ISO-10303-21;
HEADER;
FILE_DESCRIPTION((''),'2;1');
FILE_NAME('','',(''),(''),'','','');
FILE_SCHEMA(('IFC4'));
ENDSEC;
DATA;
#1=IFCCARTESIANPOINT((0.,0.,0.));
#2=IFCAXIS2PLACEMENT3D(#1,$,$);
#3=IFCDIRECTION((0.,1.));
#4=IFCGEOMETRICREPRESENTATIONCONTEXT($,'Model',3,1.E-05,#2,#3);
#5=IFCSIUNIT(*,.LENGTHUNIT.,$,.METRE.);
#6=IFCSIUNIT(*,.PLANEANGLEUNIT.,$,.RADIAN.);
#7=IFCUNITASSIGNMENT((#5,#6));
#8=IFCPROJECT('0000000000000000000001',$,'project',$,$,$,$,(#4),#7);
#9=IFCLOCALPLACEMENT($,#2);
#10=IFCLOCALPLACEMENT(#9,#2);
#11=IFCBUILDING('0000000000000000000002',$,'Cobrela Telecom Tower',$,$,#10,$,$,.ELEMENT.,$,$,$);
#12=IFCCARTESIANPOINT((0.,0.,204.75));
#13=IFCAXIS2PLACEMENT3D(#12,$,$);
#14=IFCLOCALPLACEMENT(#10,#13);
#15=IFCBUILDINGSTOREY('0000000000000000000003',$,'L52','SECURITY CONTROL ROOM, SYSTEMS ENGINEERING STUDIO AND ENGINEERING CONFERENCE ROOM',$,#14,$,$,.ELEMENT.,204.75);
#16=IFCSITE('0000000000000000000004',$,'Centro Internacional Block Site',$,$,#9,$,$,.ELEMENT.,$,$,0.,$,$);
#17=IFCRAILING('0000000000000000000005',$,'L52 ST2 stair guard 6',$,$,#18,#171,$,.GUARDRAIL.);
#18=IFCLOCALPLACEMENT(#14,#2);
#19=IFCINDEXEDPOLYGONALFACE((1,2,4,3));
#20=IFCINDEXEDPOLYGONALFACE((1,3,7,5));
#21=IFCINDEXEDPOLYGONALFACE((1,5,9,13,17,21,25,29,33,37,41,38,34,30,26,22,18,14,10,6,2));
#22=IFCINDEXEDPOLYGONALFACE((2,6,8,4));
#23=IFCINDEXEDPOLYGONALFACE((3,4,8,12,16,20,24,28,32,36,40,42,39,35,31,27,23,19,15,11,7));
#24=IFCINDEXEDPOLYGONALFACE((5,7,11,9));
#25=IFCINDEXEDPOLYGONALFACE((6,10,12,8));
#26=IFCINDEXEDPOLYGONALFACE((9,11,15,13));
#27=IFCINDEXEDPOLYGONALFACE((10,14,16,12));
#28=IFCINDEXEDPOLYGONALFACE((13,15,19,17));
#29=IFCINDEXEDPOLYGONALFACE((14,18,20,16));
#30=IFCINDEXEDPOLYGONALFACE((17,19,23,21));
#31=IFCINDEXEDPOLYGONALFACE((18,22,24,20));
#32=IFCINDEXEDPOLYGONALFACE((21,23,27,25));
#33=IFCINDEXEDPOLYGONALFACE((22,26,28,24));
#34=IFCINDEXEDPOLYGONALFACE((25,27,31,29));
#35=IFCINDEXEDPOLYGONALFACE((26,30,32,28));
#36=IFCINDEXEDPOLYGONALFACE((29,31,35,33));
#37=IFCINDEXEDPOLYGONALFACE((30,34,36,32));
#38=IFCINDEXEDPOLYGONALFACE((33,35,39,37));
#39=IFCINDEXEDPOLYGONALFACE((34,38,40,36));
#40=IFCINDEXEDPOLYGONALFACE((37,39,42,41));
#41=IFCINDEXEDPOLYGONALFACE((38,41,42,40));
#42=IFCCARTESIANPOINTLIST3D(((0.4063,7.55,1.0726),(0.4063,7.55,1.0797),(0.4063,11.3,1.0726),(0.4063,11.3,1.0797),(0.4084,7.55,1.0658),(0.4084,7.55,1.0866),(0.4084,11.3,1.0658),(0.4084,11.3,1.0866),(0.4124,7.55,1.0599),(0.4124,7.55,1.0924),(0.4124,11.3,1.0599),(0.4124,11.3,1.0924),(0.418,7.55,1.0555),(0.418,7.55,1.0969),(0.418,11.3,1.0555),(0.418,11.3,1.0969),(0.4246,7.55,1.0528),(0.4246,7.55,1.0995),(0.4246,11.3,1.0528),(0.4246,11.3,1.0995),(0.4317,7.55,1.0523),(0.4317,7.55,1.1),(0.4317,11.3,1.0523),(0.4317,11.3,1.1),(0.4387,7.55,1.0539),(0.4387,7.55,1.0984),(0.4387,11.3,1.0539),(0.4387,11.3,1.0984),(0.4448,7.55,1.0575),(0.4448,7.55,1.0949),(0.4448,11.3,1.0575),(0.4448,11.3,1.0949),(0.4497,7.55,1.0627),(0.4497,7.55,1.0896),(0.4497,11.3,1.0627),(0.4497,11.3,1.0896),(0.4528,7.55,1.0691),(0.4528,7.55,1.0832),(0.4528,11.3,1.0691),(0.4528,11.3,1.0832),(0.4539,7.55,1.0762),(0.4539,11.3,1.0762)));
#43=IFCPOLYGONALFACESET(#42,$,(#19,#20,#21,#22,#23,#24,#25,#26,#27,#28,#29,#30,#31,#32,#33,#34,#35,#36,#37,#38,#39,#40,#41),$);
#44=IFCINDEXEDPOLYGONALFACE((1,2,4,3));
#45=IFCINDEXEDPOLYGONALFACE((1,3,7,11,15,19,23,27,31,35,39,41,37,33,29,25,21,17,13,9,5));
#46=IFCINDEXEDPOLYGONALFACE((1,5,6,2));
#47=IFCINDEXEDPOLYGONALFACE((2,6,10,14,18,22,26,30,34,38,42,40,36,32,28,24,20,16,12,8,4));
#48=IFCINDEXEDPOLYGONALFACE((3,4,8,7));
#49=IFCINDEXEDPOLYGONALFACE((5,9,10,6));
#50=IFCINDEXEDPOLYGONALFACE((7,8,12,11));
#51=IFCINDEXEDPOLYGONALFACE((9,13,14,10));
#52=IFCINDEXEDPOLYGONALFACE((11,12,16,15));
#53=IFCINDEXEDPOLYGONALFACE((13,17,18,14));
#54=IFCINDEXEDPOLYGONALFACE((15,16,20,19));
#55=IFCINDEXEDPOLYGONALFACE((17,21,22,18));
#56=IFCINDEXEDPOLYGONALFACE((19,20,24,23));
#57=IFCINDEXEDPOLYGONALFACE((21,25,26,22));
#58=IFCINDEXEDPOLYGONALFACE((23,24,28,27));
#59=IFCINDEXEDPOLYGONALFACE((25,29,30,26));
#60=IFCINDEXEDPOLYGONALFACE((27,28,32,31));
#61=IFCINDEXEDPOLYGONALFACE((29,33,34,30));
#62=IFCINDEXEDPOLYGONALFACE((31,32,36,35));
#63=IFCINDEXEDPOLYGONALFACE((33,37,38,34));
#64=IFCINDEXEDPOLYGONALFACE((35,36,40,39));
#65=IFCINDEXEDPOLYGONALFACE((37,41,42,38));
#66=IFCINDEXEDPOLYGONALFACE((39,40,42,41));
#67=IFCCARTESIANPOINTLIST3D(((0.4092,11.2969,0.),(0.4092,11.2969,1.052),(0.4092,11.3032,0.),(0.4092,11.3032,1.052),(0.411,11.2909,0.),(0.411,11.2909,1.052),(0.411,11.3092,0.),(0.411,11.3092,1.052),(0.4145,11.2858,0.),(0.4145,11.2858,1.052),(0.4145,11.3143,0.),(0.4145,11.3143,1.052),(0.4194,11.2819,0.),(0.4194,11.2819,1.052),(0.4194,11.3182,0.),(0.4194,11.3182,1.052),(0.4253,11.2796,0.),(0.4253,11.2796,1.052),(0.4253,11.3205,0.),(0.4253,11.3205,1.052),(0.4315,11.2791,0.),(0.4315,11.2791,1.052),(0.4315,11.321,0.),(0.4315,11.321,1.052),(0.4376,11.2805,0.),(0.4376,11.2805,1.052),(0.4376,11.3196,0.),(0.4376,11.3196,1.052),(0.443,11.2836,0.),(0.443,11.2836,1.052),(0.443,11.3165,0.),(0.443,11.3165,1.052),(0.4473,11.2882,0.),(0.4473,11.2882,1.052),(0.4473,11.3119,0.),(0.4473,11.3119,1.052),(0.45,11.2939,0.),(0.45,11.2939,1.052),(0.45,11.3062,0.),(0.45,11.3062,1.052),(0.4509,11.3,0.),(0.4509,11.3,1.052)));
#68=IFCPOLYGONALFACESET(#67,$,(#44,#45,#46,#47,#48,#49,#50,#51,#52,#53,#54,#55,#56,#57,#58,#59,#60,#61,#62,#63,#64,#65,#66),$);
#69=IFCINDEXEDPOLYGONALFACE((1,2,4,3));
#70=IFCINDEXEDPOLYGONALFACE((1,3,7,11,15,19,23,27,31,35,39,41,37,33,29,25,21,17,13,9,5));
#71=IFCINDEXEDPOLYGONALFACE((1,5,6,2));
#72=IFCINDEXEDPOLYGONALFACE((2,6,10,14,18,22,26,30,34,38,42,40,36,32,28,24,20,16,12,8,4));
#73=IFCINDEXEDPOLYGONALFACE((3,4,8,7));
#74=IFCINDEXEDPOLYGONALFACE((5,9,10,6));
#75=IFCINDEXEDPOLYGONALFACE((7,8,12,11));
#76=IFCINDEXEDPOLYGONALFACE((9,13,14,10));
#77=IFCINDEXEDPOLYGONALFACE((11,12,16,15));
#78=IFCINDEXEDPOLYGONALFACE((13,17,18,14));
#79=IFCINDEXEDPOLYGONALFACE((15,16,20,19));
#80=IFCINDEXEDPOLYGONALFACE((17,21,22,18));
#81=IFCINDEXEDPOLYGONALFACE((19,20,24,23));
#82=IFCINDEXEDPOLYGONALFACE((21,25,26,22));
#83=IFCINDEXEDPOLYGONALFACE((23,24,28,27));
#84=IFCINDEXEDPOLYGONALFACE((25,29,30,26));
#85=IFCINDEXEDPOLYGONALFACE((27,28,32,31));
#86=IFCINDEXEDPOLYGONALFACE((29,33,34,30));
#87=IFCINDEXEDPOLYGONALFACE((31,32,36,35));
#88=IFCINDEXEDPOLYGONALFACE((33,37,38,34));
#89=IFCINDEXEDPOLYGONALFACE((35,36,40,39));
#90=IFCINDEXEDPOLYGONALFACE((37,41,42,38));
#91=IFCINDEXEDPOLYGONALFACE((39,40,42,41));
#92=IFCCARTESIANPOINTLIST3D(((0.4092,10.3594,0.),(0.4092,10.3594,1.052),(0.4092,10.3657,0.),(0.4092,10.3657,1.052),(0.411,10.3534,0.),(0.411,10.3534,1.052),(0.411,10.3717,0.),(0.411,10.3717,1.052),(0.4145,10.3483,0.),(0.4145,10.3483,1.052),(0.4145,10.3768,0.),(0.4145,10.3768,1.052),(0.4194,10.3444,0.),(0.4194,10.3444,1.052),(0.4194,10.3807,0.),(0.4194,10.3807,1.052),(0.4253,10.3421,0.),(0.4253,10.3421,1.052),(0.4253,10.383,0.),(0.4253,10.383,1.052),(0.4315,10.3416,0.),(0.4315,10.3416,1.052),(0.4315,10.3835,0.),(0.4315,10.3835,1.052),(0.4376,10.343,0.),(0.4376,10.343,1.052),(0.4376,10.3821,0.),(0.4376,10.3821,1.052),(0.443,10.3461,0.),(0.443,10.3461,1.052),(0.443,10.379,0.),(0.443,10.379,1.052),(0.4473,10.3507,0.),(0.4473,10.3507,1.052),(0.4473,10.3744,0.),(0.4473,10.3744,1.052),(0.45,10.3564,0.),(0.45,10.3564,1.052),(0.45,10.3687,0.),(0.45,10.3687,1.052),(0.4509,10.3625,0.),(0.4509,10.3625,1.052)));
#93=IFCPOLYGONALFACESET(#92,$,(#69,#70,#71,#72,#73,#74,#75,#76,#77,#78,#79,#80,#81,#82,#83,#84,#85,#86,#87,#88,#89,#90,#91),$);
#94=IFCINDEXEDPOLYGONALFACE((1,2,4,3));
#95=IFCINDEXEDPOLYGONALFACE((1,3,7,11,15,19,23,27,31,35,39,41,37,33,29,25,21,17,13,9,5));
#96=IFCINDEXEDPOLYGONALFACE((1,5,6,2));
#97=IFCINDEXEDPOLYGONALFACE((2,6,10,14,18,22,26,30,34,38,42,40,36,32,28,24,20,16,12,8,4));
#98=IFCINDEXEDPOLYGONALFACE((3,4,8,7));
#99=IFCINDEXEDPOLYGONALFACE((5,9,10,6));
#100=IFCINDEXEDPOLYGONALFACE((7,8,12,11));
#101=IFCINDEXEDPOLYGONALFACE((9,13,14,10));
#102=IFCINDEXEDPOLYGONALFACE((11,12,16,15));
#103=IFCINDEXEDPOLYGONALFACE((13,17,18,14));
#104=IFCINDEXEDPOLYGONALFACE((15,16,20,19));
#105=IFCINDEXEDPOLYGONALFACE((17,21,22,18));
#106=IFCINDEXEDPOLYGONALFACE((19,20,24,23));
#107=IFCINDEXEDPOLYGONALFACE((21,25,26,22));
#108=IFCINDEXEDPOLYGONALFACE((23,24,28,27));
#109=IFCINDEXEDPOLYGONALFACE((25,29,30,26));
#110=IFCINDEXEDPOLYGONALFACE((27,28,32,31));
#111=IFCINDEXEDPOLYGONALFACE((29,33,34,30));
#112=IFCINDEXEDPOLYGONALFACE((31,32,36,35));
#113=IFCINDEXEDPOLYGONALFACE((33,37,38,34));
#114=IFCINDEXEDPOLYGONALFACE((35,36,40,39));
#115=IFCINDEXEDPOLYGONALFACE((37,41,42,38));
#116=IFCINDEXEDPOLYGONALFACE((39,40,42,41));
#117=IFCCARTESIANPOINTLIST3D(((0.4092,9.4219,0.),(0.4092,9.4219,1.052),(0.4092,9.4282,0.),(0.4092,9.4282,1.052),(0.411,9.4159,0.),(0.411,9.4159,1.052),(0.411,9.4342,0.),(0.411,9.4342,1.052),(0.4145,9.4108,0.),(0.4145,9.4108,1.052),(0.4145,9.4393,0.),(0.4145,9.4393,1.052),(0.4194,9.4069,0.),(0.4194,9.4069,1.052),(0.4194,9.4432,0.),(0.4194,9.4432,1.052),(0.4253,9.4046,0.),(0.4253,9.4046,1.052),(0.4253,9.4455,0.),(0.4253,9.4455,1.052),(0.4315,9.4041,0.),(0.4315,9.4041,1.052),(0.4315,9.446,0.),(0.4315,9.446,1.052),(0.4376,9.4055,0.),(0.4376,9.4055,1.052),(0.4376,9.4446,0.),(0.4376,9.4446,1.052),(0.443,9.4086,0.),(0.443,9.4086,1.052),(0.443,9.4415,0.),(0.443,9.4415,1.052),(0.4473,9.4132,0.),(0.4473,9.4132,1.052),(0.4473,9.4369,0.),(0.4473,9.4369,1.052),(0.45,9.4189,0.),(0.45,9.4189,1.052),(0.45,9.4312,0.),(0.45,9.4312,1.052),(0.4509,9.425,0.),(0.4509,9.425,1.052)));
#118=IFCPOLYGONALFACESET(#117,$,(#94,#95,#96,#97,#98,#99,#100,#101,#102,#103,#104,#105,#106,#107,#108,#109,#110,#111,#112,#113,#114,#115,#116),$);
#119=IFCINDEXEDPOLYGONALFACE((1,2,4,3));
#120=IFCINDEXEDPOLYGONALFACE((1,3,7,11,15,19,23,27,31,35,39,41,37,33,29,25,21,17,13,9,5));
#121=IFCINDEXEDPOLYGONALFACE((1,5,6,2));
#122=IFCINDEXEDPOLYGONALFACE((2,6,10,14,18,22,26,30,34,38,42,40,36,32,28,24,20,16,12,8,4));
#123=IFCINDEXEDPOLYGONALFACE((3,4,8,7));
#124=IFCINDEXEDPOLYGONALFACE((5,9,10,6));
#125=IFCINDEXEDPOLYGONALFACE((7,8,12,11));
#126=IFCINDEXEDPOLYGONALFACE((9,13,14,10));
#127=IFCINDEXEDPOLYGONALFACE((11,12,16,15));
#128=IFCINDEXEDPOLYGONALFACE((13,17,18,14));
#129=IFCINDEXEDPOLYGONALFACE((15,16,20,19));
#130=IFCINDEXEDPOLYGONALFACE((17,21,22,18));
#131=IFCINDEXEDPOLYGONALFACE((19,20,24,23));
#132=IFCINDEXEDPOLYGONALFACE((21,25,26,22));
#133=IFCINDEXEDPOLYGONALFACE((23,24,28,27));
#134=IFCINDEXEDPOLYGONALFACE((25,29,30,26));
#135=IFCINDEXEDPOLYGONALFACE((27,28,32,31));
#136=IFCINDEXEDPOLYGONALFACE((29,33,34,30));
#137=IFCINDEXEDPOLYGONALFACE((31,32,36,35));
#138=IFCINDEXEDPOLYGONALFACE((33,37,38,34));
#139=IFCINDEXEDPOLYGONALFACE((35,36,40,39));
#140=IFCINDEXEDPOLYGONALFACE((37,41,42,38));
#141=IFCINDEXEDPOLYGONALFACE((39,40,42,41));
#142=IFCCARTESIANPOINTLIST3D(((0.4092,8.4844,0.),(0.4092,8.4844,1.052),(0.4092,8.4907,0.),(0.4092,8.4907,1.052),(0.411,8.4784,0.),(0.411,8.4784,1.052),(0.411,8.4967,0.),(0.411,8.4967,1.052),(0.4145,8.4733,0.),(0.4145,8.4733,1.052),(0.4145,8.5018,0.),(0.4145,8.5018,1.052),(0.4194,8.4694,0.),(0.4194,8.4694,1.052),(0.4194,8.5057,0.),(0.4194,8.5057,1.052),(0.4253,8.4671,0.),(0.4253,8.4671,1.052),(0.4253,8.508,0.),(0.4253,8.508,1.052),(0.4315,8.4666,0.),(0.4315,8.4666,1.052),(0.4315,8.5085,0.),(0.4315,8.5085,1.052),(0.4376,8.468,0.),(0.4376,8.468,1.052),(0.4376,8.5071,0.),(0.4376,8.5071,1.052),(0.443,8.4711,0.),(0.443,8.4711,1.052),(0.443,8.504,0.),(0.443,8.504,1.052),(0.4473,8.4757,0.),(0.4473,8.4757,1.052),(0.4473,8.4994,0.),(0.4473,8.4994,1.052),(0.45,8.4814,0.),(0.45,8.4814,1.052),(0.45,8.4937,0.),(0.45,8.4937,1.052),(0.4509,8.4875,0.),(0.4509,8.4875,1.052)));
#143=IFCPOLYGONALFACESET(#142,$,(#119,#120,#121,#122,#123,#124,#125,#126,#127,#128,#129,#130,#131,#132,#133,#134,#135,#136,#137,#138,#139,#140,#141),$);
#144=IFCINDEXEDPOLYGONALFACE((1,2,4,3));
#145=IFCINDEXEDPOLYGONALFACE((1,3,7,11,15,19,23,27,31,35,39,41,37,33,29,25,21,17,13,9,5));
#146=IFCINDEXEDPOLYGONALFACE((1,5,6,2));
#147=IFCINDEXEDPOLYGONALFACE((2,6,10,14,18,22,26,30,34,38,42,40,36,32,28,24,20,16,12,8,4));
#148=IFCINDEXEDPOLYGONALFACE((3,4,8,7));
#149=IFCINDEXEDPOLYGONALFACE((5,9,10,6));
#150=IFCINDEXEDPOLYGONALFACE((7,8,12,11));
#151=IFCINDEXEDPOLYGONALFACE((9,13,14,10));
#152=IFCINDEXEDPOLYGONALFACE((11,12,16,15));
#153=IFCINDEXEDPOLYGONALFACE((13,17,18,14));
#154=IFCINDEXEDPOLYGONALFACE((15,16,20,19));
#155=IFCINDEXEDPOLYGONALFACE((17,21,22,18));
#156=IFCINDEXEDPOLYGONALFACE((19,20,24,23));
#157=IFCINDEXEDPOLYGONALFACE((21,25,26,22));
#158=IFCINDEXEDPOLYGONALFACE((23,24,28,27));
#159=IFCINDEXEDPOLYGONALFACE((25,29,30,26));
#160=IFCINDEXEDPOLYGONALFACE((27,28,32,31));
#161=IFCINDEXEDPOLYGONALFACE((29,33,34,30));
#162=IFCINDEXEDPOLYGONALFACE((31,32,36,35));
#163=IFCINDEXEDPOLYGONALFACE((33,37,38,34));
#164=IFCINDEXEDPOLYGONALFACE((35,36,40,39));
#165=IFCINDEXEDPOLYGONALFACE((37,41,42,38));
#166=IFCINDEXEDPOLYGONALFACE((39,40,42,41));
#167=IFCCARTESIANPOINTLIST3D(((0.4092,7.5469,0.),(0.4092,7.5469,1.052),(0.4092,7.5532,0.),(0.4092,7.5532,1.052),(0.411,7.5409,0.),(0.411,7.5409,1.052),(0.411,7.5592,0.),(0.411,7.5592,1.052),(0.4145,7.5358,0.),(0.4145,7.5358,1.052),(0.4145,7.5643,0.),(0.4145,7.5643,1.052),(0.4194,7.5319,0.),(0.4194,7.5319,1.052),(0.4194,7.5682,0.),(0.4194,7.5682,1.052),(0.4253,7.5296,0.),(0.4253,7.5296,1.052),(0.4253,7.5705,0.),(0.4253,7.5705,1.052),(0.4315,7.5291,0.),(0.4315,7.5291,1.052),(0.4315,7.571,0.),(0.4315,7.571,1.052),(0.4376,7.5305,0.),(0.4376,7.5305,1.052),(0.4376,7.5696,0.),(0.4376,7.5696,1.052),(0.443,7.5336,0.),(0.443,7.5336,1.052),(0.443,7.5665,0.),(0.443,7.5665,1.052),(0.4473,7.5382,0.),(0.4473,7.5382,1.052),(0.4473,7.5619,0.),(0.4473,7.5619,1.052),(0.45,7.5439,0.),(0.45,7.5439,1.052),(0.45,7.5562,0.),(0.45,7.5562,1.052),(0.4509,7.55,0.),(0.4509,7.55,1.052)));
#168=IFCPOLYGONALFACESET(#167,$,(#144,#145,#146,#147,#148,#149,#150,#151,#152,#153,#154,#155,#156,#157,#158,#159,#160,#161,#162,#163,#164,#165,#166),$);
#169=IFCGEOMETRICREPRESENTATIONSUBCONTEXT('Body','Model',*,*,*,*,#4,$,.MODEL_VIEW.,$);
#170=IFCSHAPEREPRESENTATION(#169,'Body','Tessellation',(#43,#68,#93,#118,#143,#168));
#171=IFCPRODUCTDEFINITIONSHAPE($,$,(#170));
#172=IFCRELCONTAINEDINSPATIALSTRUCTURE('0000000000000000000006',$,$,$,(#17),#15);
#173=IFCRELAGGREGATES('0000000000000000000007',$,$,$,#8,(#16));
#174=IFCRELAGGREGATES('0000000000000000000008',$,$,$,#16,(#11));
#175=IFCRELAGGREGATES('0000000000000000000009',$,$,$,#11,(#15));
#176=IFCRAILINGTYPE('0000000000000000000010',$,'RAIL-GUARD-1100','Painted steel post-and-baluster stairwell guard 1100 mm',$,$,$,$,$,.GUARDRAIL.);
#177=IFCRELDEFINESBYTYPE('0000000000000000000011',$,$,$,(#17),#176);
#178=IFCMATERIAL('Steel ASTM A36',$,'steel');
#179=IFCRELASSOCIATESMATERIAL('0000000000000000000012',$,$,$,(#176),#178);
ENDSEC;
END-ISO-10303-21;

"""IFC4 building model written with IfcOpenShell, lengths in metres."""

from ifc_helpers import new_model, si_unit, direction, frame, origin, origin_2d, place, context, subcontext, project, spatial, circle, extrude, material, type_object, element, save


model = new_model("IFC4")

# Units and contexts
model_context = context("Model", 3, precision=1e-05, world=origin(), true_north=direction((0.0, 1.0)))
body_context = subcontext(model_context, "Body", "Model", "MODEL_VIEW")
ifc_project = project(units=[si_unit("LENGTHUNIT", "METRE"), si_unit("PLANEANGLEUNIT", "RADIAN")], contexts=[model_context])

# Site, building, storey
site_placement = place(None, origin())
site = spatial("IfcSite", under=ifc_project, at=site_placement, Name="Centro Internacional Block Site", CompositionType="ELEMENT", RefElevation=0.0)
building_placement = place(site_placement, origin())
building = spatial("IfcBuilding", under=site, at=building_placement, Name="Cobrela Telecom Tower", CompositionType="ELEMENT")
storey_placement = place(building_placement, frame((0.0, 0.0, 204.75)))
storey = spatial("IfcBuildingStorey", under=building, at=storey_placement, Name="L52", Description="SECURITY CONTROL ROOM, SYSTEMS ENGINEERING STUDIO AND ENGINEERING CONFERENCE ROOM", CompositionType="ELEMENT", Elevation=204.75)

# Shared definitions
ifc_material_1 = material(Name="Steel ASTM A36", Category="steel")

# Railing
railing_type = type_object("IfcRailingType", Name="RAIL-GUARD-1100", Description="Painted steel post-and-baluster stairwell guard 1100 mm", PredefinedType="GUARDRAIL", material=ifc_material_1)
railing_1_placement = place(storey_placement, frame((0.4299, 11.3, 0.0)))
element("IfcRailing", 1, at=railing_1_placement, inside=storey, type_object=railing_type, Name="L52 ST2 stair guard 6", PredefinedType="GUARDRAIL", context=body_context, shape_type="SweptSolid", body=[
    extrude(circle(Radius=0.0239, at=origin_2d()), frame((0.0, 0.0, 1.0762), z_axis=(0.0, -1.0, 0.0), x_axis=(1.0, 0.0, 0.0)), (0.0, 0.0, 1.0), 3.75),
    extrude(circle(Radius=0.021, at=origin_2d()), origin(), (0.0, 0.0, 1.0), 1.052),
    extrude(circle(Radius=0.021, at=origin_2d()), frame((0.0, -0.9375, 0.0)), (0.0, 0.0, 1.0), 1.052),
    extrude(circle(Radius=0.021, at=origin_2d()), frame((0.0, -1.875, 0.0)), (0.0, 0.0, 1.0), 1.052),
    extrude(circle(Radius=0.021, at=origin_2d()), frame((0.0, -2.8125, 0.0)), (0.0, 0.0, 1.0), 1.052),
    extrude(circle(Radius=0.021, at=origin_2d()), frame((0.0, -3.75, 0.0)), (0.0, 0.0, 1.0), 1.052),
])

save(model, "model.ifc")
